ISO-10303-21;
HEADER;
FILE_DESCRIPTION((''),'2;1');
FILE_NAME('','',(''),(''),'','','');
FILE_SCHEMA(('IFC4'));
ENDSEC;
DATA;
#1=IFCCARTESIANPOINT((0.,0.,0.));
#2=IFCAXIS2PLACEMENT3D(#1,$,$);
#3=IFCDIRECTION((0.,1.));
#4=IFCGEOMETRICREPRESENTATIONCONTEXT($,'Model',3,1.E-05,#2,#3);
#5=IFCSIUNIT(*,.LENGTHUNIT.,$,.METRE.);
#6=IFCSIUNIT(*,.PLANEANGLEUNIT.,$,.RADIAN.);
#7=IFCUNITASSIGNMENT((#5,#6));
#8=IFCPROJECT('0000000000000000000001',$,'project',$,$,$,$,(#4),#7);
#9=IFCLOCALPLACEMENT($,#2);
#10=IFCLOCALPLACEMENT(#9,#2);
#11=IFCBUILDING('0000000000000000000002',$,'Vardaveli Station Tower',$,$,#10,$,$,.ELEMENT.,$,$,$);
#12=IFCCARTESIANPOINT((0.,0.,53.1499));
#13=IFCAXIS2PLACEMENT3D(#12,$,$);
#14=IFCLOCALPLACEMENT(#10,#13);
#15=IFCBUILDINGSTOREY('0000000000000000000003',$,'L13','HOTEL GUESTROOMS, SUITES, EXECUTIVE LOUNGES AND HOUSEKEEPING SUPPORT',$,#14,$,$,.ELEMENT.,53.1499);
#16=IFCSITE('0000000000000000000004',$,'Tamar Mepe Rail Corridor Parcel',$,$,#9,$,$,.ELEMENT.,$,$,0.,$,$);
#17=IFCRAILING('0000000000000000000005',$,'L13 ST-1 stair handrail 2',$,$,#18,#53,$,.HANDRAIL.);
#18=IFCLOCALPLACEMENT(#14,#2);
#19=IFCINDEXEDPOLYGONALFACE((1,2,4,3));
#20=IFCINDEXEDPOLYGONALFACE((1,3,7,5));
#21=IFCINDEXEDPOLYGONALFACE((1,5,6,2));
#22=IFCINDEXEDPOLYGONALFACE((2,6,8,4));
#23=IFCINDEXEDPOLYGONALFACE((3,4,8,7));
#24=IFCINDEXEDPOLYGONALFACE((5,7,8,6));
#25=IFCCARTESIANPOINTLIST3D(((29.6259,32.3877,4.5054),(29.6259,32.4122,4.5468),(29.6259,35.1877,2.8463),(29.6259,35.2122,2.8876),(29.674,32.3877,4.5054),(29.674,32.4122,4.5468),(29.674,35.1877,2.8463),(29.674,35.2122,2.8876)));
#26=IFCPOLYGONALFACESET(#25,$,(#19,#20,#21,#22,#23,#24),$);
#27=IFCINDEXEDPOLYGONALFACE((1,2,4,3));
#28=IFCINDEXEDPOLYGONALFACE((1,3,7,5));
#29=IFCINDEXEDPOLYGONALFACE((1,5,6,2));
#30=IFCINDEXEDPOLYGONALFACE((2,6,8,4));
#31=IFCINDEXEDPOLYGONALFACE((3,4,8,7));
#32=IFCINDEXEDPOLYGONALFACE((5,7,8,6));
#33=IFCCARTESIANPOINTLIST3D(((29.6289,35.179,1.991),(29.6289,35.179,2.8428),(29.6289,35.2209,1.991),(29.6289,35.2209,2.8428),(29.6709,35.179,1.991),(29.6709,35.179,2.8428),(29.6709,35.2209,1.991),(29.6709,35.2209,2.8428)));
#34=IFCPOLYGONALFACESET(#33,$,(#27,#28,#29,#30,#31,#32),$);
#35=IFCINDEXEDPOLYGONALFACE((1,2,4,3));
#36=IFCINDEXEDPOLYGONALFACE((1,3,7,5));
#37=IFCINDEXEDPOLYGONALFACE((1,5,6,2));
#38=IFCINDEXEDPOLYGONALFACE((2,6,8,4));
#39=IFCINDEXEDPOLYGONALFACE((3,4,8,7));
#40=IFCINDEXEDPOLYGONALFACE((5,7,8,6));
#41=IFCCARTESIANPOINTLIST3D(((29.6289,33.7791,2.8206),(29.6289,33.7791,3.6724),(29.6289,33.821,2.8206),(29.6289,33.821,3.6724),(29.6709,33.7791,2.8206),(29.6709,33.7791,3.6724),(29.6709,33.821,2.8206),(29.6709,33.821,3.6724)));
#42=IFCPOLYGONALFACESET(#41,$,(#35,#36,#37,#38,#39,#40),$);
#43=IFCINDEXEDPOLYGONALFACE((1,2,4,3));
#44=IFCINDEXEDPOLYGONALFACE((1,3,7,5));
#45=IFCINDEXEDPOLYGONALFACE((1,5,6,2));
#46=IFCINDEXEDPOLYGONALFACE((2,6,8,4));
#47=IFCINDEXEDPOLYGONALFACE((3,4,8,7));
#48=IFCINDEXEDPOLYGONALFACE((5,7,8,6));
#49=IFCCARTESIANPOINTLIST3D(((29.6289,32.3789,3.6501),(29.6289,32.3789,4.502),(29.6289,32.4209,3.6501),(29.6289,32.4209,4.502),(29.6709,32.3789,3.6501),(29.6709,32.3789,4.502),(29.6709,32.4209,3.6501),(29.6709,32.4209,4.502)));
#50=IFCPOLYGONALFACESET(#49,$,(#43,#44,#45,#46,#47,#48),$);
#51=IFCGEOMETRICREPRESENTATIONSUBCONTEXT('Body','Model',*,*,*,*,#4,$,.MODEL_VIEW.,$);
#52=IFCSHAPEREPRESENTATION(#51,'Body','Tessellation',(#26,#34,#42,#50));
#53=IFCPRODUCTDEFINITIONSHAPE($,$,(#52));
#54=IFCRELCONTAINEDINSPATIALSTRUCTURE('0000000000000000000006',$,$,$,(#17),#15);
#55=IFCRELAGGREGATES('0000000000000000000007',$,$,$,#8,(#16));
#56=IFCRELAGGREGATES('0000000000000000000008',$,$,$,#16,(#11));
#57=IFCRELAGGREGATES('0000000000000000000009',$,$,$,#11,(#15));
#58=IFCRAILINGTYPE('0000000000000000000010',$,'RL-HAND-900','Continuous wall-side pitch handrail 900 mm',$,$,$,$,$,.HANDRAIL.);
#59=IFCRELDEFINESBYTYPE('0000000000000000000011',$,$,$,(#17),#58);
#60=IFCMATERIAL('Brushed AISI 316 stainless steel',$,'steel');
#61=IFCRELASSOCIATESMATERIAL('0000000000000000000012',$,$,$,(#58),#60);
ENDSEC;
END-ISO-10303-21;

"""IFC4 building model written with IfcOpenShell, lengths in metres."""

from ifc_helpers import new_model, si_unit, direction, frame, origin, origin_2d, place, context, subcontext, project, spatial, rectangle, extrude, source, transform, mapped, material, type_object, element, save


model = new_model("IFC4")

# Units and contexts
model_context = context("Model", 3, precision=1e-05, world=origin(), true_north=direction((0.0, 1.0)))
body_context = subcontext(model_context, "Body", "Model", "MODEL_VIEW")
ifc_project = project(units=[si_unit("LENGTHUNIT", "METRE"), si_unit("PLANEANGLEUNIT", "RADIAN")], contexts=[model_context])

# Site, building, storey
site_placement = place(None, origin())
site = spatial("IfcSite", under=ifc_project, at=site_placement, Name="Tamar Mepe Rail Corridor Parcel", CompositionType="ELEMENT", RefElevation=0.0)
building_placement = place(site_placement, origin())
building = spatial("IfcBuilding", under=site, at=building_placement, Name="Vardaveli Station Tower", CompositionType="ELEMENT")
storey_placement = place(building_placement, frame((0.0, 0.0, 53.1499)))
storey = spatial("IfcBuildingStorey", under=building, at=storey_placement, Name="L13", Description="HOTEL GUESTROOMS, SUITES, EXECUTIVE LOUNGES AND HOUSEKEEPING SUPPORT", CompositionType="ELEMENT", Elevation=53.1499)

# Railing
ifc_material_1 = material(Name="Brushed AISI 316 stainless steel", Category="steel")
railing_type_1 = type_object("IfcRailingType", Name="RL-HAND-900", Description="Continuous wall-side pitch handrail 900 mm", PredefinedType="HANDRAIL", material=ifc_material_1)
shared_shape_1 = source(origin(), body_context, "Body", "SweptSolid", [
    extrude(rectangle(XDim=0.0481, YDim=0.0481, at=origin_2d()), frame((0.0, 0.0, 0.876), z_axis=(0.0, -0.860306, 0.509778), x_axis=(1.0, 0.0, 0.0)), (0.0, 0.0, 1.0), 3.2546),
    extrude(rectangle(XDim=0.042, YDim=0.042, at=origin_2d()), origin(), (0.0, 0.0, 1.0), 0.8518),
    extrude(rectangle(XDim=0.042, YDim=0.042, at=origin_2d()), frame((0.0, -1.3999, 0.8296)), (0.0, 0.0, 1.0), 0.8518),
    extrude(rectangle(XDim=0.042, YDim=0.042, at=origin_2d()), frame((0.0, -2.8, 1.6592)), (0.0, 0.0, 1.0), 0.8518),
])
railing_1_placement = place(storey_placement, frame((29.6499, 35.2, 1.991)))
element("IfcRailing", 1, at=railing_1_placement, inside=storey, type_object=railing_type_1, Name="L13 ST-1 stair handrail 2", PredefinedType="HANDRAIL", context=body_context, shape_type="MappedRepresentation", body=[
    mapped(shared_shape_1, transform((0.0, 0.0, 0.0), scale=1.0)),
])

save(model, "model.ifc")
